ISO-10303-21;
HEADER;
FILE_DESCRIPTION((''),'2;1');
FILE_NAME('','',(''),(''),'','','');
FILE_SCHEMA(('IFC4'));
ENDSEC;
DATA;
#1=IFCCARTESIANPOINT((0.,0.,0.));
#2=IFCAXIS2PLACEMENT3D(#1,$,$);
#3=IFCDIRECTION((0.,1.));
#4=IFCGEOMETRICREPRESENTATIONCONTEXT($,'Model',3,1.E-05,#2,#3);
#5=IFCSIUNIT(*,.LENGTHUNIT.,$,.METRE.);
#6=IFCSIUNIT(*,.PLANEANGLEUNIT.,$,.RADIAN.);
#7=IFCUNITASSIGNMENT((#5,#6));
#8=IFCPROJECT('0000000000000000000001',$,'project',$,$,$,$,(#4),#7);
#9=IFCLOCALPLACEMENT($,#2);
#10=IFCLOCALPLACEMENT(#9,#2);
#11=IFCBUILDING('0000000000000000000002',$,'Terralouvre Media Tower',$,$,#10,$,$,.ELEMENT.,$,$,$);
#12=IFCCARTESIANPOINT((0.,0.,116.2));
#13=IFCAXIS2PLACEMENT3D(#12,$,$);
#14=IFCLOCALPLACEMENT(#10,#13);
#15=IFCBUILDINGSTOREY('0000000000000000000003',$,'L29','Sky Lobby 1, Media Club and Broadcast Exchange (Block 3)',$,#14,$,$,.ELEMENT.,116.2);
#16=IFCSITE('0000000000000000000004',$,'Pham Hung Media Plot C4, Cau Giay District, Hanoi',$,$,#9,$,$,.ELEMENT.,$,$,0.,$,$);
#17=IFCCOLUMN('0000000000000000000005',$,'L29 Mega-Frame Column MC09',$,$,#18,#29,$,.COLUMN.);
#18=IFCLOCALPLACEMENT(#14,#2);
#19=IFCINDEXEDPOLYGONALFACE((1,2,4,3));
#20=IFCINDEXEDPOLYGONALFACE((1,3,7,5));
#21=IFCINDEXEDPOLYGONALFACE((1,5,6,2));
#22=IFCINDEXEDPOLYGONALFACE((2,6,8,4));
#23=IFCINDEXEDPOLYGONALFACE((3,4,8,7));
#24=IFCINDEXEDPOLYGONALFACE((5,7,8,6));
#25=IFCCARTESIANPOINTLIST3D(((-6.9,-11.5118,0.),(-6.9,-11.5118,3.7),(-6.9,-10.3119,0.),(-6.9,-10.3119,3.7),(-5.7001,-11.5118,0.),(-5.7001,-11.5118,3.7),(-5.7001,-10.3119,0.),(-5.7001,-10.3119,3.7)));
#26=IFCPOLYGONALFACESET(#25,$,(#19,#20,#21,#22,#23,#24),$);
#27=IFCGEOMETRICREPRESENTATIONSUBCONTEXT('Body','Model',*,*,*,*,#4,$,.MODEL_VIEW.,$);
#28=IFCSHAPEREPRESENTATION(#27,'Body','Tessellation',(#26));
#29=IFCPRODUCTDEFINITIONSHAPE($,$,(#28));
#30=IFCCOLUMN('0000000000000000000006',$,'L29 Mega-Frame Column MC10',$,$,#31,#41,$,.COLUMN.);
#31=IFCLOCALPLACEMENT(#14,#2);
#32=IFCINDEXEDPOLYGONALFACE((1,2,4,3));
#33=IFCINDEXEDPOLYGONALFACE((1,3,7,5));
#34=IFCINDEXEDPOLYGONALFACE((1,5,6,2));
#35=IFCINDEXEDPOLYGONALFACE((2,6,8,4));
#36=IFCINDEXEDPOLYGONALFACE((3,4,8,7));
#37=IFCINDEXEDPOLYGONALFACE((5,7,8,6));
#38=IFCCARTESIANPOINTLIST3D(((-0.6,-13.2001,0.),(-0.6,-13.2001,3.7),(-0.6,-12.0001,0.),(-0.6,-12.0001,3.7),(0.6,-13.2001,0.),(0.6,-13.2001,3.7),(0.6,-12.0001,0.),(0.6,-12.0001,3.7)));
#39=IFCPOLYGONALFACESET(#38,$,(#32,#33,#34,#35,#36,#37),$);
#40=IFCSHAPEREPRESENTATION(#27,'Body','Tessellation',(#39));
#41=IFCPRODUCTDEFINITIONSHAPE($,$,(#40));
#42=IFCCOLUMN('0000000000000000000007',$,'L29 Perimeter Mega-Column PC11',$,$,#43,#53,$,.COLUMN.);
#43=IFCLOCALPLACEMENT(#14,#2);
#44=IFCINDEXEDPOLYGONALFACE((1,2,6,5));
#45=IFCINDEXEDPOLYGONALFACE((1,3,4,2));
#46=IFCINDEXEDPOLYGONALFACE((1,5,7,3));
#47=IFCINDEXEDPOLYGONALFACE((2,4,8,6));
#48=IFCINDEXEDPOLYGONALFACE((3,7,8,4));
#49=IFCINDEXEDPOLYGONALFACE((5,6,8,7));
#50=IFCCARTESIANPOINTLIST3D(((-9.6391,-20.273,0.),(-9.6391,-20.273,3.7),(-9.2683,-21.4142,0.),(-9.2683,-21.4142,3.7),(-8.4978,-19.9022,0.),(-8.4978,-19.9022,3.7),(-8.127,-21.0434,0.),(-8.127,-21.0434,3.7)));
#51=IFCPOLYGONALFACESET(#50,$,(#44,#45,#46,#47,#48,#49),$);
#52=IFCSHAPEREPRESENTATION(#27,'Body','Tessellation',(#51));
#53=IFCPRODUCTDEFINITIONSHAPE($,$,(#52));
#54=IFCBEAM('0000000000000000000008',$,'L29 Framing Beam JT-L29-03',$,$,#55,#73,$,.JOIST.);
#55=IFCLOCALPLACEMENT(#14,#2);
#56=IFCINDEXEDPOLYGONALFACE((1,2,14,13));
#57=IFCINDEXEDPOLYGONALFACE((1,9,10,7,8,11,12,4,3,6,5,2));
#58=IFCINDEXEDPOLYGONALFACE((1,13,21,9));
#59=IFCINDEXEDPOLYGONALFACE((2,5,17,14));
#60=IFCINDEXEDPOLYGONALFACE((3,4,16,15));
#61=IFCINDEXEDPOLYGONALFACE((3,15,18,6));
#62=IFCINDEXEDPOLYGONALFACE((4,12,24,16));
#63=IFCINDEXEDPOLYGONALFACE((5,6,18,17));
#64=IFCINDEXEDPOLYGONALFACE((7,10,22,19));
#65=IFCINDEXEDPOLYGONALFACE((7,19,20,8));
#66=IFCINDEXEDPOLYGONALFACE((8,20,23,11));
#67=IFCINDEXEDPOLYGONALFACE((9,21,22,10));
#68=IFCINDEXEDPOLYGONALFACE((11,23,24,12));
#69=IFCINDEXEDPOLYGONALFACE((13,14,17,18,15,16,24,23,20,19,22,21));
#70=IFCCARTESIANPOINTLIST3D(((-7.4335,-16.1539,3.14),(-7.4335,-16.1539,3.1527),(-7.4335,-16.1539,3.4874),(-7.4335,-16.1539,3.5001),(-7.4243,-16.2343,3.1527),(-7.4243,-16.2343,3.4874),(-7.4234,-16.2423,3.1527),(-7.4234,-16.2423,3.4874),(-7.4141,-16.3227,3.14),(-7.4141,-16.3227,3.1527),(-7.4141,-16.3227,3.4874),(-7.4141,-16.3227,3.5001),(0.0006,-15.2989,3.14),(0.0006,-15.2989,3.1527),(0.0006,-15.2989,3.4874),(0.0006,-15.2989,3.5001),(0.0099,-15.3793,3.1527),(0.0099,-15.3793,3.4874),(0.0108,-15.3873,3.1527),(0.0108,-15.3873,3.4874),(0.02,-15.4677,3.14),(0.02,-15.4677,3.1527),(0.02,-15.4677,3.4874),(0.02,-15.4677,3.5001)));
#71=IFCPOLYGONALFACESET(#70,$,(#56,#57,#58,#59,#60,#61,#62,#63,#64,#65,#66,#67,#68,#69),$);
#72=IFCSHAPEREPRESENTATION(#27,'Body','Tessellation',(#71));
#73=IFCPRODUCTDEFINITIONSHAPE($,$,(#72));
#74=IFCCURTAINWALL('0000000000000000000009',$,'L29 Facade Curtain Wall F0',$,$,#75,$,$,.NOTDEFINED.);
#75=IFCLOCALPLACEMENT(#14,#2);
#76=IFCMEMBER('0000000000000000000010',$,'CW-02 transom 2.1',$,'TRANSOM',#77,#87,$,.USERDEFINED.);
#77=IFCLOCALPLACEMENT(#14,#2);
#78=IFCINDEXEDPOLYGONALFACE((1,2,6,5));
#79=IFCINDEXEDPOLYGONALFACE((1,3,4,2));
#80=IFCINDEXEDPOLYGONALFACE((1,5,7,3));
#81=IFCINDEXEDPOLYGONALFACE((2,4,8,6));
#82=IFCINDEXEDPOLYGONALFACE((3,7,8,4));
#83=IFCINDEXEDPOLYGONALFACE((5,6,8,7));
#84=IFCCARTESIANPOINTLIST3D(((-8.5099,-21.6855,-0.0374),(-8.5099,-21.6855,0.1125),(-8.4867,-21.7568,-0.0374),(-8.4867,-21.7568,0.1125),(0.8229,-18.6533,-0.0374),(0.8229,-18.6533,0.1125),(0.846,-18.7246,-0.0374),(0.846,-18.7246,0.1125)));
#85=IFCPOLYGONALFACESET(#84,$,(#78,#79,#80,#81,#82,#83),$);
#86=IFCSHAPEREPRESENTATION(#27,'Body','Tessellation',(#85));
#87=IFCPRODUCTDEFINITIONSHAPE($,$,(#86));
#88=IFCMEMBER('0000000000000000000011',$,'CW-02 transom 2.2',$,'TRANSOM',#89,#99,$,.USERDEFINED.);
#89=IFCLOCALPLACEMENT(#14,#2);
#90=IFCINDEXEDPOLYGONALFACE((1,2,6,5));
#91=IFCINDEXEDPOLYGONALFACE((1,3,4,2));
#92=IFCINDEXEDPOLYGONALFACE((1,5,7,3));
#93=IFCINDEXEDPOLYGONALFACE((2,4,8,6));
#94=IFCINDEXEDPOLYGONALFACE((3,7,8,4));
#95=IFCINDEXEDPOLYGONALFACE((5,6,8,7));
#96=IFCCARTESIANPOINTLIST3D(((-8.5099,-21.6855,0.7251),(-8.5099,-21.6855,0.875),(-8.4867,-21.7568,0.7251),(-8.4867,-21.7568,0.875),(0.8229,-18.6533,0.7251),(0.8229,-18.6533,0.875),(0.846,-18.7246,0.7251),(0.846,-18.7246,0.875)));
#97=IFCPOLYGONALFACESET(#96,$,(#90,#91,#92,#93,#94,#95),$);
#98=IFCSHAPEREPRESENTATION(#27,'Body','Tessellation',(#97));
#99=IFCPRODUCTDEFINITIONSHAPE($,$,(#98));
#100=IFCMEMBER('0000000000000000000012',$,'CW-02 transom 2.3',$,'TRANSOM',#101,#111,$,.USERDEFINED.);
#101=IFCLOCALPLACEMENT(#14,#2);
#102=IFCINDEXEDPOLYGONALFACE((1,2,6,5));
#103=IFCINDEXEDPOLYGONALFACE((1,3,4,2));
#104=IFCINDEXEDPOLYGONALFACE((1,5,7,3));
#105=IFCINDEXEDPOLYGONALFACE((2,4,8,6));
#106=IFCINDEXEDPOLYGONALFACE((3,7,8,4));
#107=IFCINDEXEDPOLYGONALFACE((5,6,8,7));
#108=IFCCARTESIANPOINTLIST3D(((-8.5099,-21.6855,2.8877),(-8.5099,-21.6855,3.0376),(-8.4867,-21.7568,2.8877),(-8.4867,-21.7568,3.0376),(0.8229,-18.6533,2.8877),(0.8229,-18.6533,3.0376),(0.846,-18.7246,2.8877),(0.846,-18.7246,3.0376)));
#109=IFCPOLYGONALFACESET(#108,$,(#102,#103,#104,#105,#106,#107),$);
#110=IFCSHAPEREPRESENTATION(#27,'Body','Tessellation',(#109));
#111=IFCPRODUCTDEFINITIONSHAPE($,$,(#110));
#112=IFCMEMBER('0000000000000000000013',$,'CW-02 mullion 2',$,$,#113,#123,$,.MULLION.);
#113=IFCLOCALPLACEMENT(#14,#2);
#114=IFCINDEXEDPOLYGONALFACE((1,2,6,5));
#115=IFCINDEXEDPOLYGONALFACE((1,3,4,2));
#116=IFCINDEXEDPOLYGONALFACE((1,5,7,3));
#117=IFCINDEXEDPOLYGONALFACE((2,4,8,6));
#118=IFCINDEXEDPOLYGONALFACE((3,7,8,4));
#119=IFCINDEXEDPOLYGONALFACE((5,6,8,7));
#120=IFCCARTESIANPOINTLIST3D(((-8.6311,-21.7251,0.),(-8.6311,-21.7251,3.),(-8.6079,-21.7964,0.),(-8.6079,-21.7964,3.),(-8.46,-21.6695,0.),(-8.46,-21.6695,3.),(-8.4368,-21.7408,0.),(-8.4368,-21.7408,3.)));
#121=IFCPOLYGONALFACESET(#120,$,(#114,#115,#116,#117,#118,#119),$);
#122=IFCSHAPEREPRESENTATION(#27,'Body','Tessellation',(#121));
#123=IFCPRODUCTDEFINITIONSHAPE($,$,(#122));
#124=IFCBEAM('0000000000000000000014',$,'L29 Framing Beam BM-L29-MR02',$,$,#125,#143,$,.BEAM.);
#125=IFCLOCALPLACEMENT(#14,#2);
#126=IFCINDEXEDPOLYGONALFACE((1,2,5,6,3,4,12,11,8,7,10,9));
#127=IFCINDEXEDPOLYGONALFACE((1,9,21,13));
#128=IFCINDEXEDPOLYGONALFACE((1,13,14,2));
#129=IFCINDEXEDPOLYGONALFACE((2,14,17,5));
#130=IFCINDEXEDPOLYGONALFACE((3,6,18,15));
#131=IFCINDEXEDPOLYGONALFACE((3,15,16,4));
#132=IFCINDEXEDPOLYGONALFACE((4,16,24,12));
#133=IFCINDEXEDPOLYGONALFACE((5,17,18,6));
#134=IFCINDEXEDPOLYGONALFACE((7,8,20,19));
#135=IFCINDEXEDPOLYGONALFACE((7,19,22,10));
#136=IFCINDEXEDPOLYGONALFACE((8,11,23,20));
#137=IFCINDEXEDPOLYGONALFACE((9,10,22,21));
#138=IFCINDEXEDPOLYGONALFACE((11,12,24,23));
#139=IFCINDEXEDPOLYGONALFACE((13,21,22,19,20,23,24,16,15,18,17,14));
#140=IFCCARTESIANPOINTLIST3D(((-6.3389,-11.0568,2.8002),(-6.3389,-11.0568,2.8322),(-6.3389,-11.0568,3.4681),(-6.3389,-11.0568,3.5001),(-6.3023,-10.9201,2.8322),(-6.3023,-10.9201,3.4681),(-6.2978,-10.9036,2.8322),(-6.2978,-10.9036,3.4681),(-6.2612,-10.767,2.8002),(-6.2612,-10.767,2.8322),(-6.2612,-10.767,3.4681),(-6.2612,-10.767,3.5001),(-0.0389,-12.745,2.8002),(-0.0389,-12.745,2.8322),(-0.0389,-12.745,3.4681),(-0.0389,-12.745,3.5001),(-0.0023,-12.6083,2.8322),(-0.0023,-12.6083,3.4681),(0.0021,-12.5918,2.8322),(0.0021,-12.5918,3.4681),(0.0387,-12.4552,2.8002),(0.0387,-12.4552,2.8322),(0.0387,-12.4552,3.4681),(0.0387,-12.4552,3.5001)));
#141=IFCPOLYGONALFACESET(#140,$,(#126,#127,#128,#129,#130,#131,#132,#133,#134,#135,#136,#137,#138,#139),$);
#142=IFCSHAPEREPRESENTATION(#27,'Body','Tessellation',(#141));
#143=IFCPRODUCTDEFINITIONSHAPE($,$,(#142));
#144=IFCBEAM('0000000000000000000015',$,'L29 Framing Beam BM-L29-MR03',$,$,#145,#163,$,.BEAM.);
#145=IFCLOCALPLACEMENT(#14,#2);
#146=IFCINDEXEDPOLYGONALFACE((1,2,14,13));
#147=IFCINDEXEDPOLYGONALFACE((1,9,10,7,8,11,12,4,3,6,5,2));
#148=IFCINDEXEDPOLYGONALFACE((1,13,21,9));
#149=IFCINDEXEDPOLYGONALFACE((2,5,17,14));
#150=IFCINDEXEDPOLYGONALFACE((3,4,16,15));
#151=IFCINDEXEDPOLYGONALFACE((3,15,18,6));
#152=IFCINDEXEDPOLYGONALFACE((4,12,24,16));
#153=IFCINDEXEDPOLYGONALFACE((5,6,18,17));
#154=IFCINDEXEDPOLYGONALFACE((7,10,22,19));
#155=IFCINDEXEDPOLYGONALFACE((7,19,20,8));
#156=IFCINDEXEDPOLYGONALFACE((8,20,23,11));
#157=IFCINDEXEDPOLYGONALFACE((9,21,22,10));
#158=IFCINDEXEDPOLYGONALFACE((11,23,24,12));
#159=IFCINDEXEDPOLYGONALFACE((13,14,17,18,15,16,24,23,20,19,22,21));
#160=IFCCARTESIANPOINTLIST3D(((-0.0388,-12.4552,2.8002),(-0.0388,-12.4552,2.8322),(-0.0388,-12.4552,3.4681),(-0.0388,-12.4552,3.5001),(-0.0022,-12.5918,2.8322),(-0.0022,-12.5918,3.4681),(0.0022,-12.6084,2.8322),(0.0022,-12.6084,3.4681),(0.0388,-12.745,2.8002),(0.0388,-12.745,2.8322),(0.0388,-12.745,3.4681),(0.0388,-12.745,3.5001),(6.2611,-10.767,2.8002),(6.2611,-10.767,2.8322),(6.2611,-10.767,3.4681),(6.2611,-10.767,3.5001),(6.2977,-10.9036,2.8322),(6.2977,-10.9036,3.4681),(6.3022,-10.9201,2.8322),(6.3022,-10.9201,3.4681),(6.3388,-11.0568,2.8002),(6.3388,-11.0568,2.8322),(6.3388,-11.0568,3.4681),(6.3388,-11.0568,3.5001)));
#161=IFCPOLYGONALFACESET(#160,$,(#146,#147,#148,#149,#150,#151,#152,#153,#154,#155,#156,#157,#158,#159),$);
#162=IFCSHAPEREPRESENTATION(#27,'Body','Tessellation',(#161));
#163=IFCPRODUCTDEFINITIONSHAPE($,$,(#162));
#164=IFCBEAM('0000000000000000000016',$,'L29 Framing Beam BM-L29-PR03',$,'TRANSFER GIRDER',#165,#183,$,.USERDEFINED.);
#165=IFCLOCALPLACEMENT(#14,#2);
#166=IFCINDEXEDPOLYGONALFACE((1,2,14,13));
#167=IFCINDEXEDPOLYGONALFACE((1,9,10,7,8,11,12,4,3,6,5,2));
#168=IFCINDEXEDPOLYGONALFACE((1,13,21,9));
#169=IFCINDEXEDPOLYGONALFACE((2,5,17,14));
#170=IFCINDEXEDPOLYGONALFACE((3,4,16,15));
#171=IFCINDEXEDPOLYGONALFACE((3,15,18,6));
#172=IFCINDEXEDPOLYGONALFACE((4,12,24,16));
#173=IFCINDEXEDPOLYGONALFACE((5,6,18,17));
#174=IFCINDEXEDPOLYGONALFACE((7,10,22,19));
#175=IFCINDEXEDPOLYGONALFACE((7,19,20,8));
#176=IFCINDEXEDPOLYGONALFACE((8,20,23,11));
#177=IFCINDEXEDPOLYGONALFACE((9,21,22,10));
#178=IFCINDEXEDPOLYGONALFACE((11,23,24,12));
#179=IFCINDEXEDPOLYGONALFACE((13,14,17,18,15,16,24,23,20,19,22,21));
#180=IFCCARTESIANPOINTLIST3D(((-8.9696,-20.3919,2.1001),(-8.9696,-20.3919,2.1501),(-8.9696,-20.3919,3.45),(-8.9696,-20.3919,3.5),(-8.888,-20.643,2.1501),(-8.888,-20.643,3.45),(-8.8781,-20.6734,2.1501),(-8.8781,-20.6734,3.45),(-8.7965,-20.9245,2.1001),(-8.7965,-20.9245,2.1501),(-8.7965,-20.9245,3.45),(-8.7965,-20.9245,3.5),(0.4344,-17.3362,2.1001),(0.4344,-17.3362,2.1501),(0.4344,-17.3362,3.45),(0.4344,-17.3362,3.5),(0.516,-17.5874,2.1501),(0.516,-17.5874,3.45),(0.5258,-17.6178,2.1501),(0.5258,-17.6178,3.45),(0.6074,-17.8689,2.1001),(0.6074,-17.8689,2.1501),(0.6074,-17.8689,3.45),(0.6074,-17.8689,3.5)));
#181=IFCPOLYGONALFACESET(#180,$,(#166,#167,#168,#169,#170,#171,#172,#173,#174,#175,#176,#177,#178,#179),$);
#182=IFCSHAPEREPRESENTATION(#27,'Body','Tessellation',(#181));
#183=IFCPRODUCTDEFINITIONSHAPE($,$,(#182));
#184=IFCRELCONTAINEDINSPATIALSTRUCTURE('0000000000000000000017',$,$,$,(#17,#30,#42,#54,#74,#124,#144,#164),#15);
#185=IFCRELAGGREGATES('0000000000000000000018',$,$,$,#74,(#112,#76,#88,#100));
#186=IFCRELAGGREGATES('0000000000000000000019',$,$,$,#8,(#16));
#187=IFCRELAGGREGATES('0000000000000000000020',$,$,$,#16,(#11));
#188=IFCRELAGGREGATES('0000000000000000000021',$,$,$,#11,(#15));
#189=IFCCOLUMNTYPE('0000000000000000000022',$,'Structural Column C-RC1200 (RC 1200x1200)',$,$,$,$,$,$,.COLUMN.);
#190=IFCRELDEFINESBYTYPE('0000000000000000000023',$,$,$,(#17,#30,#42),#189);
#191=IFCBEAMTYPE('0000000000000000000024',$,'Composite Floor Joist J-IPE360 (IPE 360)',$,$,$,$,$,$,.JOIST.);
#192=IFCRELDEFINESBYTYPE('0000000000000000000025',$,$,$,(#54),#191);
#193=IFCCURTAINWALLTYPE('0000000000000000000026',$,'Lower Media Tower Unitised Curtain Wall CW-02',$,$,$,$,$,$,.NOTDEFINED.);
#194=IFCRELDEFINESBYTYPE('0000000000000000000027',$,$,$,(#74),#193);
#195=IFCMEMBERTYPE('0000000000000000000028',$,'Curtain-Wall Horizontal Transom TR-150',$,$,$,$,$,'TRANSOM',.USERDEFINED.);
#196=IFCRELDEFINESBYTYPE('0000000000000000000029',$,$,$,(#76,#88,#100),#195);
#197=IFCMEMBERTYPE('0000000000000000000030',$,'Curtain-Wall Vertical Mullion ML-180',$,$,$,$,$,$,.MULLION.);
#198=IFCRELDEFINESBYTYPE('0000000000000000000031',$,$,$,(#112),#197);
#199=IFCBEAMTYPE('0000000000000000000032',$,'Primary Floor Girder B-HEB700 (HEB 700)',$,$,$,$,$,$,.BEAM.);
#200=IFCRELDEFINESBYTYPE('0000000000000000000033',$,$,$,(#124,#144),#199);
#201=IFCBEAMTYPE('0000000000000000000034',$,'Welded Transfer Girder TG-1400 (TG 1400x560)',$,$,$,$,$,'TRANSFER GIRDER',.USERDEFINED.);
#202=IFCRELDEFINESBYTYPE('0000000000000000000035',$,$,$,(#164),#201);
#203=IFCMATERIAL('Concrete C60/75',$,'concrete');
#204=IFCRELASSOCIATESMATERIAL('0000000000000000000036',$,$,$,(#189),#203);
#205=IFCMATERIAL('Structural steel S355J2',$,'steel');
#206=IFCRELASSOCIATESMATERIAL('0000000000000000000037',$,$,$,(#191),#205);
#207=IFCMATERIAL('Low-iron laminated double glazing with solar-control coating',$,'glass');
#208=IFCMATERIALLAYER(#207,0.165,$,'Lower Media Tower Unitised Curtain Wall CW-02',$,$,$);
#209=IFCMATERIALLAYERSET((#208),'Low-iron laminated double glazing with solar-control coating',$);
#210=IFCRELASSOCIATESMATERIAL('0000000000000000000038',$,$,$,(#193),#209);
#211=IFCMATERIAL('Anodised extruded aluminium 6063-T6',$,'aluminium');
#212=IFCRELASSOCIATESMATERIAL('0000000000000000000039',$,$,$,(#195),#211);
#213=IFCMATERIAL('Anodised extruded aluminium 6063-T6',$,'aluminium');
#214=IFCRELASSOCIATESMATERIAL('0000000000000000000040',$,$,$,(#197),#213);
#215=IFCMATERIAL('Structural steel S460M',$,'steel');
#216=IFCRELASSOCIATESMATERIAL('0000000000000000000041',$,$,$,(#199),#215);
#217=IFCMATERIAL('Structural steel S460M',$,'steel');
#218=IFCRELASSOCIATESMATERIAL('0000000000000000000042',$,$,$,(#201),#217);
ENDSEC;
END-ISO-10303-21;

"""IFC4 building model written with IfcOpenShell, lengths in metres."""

from ifc_helpers import new_model, si_unit, direction, frame, origin, origin_2d, place, context, subcontext, project, spatial, rectangle, i_section, extrude, material, layer, layer_set, material_profile, profile_set, type_object, element, aggregate, save


model = new_model("IFC4")

# Units and contexts
model_context = context("Model", 3, precision=1e-05, world=origin(), true_north=direction((0.0, 1.0)))
body_context = subcontext(model_context, "Body", "Model", "MODEL_VIEW")
ifc_project = project(units=[si_unit("LENGTHUNIT", "METRE"), si_unit("PLANEANGLEUNIT", "RADIAN")], contexts=[model_context])

# Site, building, storey
site_placement = place(None, origin())
site = spatial("IfcSite", under=ifc_project, at=site_placement, Name="Pham Hung Media Plot C4, Cau Giay District, Hanoi", CompositionType="ELEMENT", RefElevation=0.0)
building_placement = place(site_placement, origin())
building = spatial("IfcBuilding", under=site, at=building_placement, Name="Terralouvre Media Tower", CompositionType="ELEMENT")
storey_placement = place(building_placement, frame((0.0, 0.0, 116.2)))
storey = spatial("IfcBuildingStorey", under=building, at=storey_placement, Name="L29", Description="Sky Lobby 1, Media Club and Broadcast Exchange (Block 3)", CompositionType="ELEMENT", Elevation=116.2)

# Columns
ifc_material_1 = material(Name="Concrete C60/75", Category="concrete")
ifc_material_profile_1 = material_profile(ifc_material_1, rectangle(XDim=1.2, YDim=1.2, at=origin_2d()), Name="RC 1200x1200")
ifc_profile_set_1 = profile_set([ifc_material_profile_1], Name="Concrete C60/75")
column_type = type_object("IfcColumnType", Name="Structural Column C-RC1200 (RC 1200x1200)", PredefinedType="COLUMN", material=ifc_profile_set_1)
for number, where, z_axis, x_axis, name in (
    (1, (-6.3, -10.9119, 0.0), (0.0, 0.0, 1.0), (1.0, 0.0, 0.0), "L29 Mega-Frame Column MC09"),
    (2, (0.0, -12.6001, 0.0), (0.0, 0.0, 1.0), (1.0, 0.0, 0.0), "L29 Mega-Frame Column MC10"),
    (3, (-8.8831, -20.6582, 0.0), (0.0, 0.0, 1.0), (0.951057, 0.309017, 0.0), "L29 Perimeter Mega-Column PC11"),
):
    element("IfcColumn", number, at=place(storey_placement, frame(where, z_axis=z_axis, x_axis=x_axis)), inside=storey, type_object=column_type, Name=name, PredefinedType="COLUMN", context=body_context, shape_type="SweptSolid", body=[
        extrude(rectangle(XDim=1.2, YDim=1.2, at=origin_2d()), origin(), (0.0, 0.0, 1.0), 3.7),
    ])

# Beam
ifc_material_2 = material(Name="Structural steel S355J2", Category="steel")
ifc_material_profile_2 = material_profile(ifc_material_2, i_section(OverallWidth=0.1699, OverallDepth=0.3601, WebThickness=0.0081, FlangeThickness=0.0127, at=origin_2d()), Name="IPE 360")
ifc_profile_set_2 = profile_set([ifc_material_profile_2], Name="Structural steel S355J2")
beam_type_1 = type_object("IfcBeamType", Name="Composite Floor Joist J-IPE360 (IPE 360)", PredefinedType="JOIST", material=ifc_profile_set_2)
beam_1_placement = place(storey_placement, frame((-7.4238, -16.2383, 3.3201), z_axis=(0.993451, 0.114255, 0.0), x_axis=(-0.114255, 0.993451, 0.0)))
element("IfcBeam", 4, at=beam_1_placement, inside=storey, type_object=beam_type_1, Name="L29 Framing Beam JT-L29-03", PredefinedType="JOIST", context=body_context, shape_type="SweptSolid", body=[
    extrude(i_section(OverallWidth=0.1699, OverallDepth=0.3601, WebThickness=0.0081, FlangeThickness=0.0127, at=origin_2d()), origin(), (0.0, 0.0, 1.0), 7.4832),
])

# Curtain wall, members
ifc_material_3 = material(Name="Low-iron laminated double glazing with solar-control coating", Category="glass")
ifc_layer_1 = layer(ifc_material_3, 0.165, Name="Lower Media Tower Unitised Curtain Wall CW-02")
ifc_layer_set_1 = layer_set([ifc_layer_1], Name="Low-iron laminated double glazing with solar-control coating")
curtain_wall_type = type_object("IfcCurtainWallType", Name="Lower Media Tower Unitised Curtain Wall CW-02", PredefinedType="NOTDEFINED", material=ifc_layer_set_1)
curtain_wall_placement = place(storey_placement, origin())
curtain_wall = element("IfcCurtainWall", 5, at=curtain_wall_placement, inside=storey, type_object=curtain_wall_type, Name="L29 Facade Curtain Wall F0", PredefinedType="NOTDEFINED")
ifc_material_4 = material(Name="Anodised extruded aluminium 6063-T6", Category="aluminium")
ifc_material_profile_3 = material_profile(ifc_material_4, rectangle(XDim=0.075, YDim=0.1499, at=origin_2d()), Name="ALU 75x150")
ifc_profile_set_3 = profile_set([ifc_material_profile_3], Name="Anodised extruded aluminium 6063-T6")
member_type_1 = type_object("IfcMemberType", Name="Curtain-Wall Horizontal Transom TR-150", ElementType="TRANSOM", PredefinedType="USERDEFINED", material=ifc_profile_set_3)
member_1_placement = place(storey_placement, frame((-8.4983, -21.7212, 0.0376), z_axis=(0.951062, 0.309001, 0.0), x_axis=(-0.309001, 0.951062, 0.0)))
member_1 = element("IfcMember", 6, at=member_1_placement, type_object=member_type_1, Name="CW-02 transom 2.1", ObjectType="TRANSOM", PredefinedType="USERDEFINED", context=body_context, shape_type="SweptSolid", body=[
    extrude(rectangle(XDim=0.075, YDim=0.1499, at=origin_2d()), origin(), (0.0, 0.0, 1.0), 9.813),
])
member_2_placement = place(storey_placement, frame((-8.4983, -21.7212, 0.8), z_axis=(0.951062, 0.309001, 0.0), x_axis=(-0.309001, 0.951062, 0.0)))
member_2 = element("IfcMember", 7, at=member_2_placement, type_object=member_type_1, Name="CW-02 transom 2.2", ObjectType="TRANSOM", PredefinedType="USERDEFINED", context=body_context, shape_type="SweptSolid", body=[
    extrude(rectangle(XDim=0.075, YDim=0.1499, at=origin_2d()), origin(), (0.0, 0.0, 1.0), 9.813),
])
member_3_placement = place(storey_placement, frame((-8.4983, -21.7212, 2.9626), z_axis=(0.951062, 0.309001, 0.0), x_axis=(-0.309001, 0.951062, 0.0)))
member_3 = element("IfcMember", 8, at=member_3_placement, type_object=member_type_1, Name="CW-02 transom 2.3", ObjectType="TRANSOM", PredefinedType="USERDEFINED", context=body_context, shape_type="SweptSolid", body=[
    extrude(rectangle(XDim=0.075, YDim=0.1499, at=origin_2d()), origin(), (0.0, 0.0, 1.0), 9.813),
])
ifc_material_5 = material(Name="Anodised extruded aluminium 6063-T6", Category="aluminium")
ifc_material_profile_4 = material_profile(ifc_material_5, rectangle(XDim=0.075, YDim=0.1799, at=origin_2d()), Name="ALU 75x180")
ifc_profile_set_4 = profile_set([ifc_material_profile_4], Name="Anodised extruded aluminium 6063-T6")
member_type_2 = type_object("IfcMemberType", Name="Curtain-Wall Vertical Mullion ML-180", PredefinedType="MULLION", material=ifc_profile_set_4)
member_4_placement = place(storey_placement, frame((-8.5339, -21.7329, 0.0), z_axis=(0.0, 0.0, 1.0), x_axis=(-0.309017, 0.951057, 0.0)))
member_4 = element("IfcMember", 9, at=member_4_placement, type_object=member_type_2, Name="CW-02 mullion 2", PredefinedType="MULLION", context=body_context, shape_type="SweptSolid", body=[
    extrude(rectangle(XDim=0.075, YDim=0.1799, at=origin_2d()), origin(), (0.0, 0.0, 1.0), 3.0),
])

# Beams
ifc_material_6 = material(Name="Structural steel S460M", Category="steel")
ifc_material_profile_5 = material_profile(ifc_material_6, i_section(OverallWidth=0.3, OverallDepth=0.7, WebThickness=0.0171, FlangeThickness=0.032, at=origin_2d()), Name="HEB 700")
ifc_profile_set_5 = profile_set([ifc_material_profile_5], Name="Structural steel S460M")
beam_type_2 = type_object("IfcBeamType", Name="Primary Floor Girder B-HEB700 (HEB 700)", PredefinedType="BEAM", material=ifc_profile_set_5)
for number, where, z_axis, x_axis, name in (
    (10, (-6.3, -10.9119, 3.1501), (0.96592, -0.258839, 0.0), (0.258839, 0.96592, 0.0), "L29 Framing Beam BM-L29-MR02"),
    (11, (0.0, -12.6001, 3.1501), (0.96592, 0.258839, 0.0), (-0.258839, 0.96592, 0.0), "L29 Framing Beam BM-L29-MR03"),
):
    element("IfcBeam", number, at=place(storey_placement, frame(where, z_axis=z_axis, x_axis=x_axis)), inside=storey, type_object=beam_type_2, Name=name, PredefinedType="BEAM", context=body_context, shape_type="SweptSolid", body=[
        extrude(i_section(OverallWidth=0.3, OverallDepth=0.7, WebThickness=0.0171, FlangeThickness=0.032, at=origin_2d()), origin(), (0.0, 0.0, 1.0), 6.5222),
    ])
ifc_material_7 = material(Name="Structural steel S460M", Category="steel")
ifc_material_profile_6 = material_profile(ifc_material_7, i_section(OverallWidth=0.5601, OverallDepth=1.3999, WebThickness=0.032, FlangeThickness=0.05, at=origin_2d()), Name="TG 1400x560")
ifc_profile_set_6 = profile_set([ifc_material_profile_6], Name="Structural steel S460M")
beam_type_3 = type_object("IfcBeamType", Name="Welded Transfer Girder TG-1400 (TG 1400x560)", ElementType="TRANSFER GIRDER", PredefinedType="USERDEFINED", material=ifc_profile_set_6)
beam_2_placement = place(storey_placement, frame((-8.8831, -20.6582, 2.8), z_axis=(0.951053, 0.309026, 0.0), x_axis=(-0.309026, 0.951053, 0.0)))
element("IfcBeam", 12, at=beam_2_placement, inside=storey, type_object=beam_type_3, Name="L29 Framing Beam BM-L29-PR03", ObjectType="TRANSFER GIRDER", PredefinedType="USERDEFINED", context=body_context, shape_type="SweptSolid", body=[
    extrude(i_section(OverallWidth=0.5601, OverallDepth=1.3999, WebThickness=0.032, FlangeThickness=0.05, at=origin_2d()), origin(), (0.0, 0.0, 1.0), 9.8879),
])

aggregate(curtain_wall, [member_4, member_1, member_2, member_3])

save(model, "model.ifc")
